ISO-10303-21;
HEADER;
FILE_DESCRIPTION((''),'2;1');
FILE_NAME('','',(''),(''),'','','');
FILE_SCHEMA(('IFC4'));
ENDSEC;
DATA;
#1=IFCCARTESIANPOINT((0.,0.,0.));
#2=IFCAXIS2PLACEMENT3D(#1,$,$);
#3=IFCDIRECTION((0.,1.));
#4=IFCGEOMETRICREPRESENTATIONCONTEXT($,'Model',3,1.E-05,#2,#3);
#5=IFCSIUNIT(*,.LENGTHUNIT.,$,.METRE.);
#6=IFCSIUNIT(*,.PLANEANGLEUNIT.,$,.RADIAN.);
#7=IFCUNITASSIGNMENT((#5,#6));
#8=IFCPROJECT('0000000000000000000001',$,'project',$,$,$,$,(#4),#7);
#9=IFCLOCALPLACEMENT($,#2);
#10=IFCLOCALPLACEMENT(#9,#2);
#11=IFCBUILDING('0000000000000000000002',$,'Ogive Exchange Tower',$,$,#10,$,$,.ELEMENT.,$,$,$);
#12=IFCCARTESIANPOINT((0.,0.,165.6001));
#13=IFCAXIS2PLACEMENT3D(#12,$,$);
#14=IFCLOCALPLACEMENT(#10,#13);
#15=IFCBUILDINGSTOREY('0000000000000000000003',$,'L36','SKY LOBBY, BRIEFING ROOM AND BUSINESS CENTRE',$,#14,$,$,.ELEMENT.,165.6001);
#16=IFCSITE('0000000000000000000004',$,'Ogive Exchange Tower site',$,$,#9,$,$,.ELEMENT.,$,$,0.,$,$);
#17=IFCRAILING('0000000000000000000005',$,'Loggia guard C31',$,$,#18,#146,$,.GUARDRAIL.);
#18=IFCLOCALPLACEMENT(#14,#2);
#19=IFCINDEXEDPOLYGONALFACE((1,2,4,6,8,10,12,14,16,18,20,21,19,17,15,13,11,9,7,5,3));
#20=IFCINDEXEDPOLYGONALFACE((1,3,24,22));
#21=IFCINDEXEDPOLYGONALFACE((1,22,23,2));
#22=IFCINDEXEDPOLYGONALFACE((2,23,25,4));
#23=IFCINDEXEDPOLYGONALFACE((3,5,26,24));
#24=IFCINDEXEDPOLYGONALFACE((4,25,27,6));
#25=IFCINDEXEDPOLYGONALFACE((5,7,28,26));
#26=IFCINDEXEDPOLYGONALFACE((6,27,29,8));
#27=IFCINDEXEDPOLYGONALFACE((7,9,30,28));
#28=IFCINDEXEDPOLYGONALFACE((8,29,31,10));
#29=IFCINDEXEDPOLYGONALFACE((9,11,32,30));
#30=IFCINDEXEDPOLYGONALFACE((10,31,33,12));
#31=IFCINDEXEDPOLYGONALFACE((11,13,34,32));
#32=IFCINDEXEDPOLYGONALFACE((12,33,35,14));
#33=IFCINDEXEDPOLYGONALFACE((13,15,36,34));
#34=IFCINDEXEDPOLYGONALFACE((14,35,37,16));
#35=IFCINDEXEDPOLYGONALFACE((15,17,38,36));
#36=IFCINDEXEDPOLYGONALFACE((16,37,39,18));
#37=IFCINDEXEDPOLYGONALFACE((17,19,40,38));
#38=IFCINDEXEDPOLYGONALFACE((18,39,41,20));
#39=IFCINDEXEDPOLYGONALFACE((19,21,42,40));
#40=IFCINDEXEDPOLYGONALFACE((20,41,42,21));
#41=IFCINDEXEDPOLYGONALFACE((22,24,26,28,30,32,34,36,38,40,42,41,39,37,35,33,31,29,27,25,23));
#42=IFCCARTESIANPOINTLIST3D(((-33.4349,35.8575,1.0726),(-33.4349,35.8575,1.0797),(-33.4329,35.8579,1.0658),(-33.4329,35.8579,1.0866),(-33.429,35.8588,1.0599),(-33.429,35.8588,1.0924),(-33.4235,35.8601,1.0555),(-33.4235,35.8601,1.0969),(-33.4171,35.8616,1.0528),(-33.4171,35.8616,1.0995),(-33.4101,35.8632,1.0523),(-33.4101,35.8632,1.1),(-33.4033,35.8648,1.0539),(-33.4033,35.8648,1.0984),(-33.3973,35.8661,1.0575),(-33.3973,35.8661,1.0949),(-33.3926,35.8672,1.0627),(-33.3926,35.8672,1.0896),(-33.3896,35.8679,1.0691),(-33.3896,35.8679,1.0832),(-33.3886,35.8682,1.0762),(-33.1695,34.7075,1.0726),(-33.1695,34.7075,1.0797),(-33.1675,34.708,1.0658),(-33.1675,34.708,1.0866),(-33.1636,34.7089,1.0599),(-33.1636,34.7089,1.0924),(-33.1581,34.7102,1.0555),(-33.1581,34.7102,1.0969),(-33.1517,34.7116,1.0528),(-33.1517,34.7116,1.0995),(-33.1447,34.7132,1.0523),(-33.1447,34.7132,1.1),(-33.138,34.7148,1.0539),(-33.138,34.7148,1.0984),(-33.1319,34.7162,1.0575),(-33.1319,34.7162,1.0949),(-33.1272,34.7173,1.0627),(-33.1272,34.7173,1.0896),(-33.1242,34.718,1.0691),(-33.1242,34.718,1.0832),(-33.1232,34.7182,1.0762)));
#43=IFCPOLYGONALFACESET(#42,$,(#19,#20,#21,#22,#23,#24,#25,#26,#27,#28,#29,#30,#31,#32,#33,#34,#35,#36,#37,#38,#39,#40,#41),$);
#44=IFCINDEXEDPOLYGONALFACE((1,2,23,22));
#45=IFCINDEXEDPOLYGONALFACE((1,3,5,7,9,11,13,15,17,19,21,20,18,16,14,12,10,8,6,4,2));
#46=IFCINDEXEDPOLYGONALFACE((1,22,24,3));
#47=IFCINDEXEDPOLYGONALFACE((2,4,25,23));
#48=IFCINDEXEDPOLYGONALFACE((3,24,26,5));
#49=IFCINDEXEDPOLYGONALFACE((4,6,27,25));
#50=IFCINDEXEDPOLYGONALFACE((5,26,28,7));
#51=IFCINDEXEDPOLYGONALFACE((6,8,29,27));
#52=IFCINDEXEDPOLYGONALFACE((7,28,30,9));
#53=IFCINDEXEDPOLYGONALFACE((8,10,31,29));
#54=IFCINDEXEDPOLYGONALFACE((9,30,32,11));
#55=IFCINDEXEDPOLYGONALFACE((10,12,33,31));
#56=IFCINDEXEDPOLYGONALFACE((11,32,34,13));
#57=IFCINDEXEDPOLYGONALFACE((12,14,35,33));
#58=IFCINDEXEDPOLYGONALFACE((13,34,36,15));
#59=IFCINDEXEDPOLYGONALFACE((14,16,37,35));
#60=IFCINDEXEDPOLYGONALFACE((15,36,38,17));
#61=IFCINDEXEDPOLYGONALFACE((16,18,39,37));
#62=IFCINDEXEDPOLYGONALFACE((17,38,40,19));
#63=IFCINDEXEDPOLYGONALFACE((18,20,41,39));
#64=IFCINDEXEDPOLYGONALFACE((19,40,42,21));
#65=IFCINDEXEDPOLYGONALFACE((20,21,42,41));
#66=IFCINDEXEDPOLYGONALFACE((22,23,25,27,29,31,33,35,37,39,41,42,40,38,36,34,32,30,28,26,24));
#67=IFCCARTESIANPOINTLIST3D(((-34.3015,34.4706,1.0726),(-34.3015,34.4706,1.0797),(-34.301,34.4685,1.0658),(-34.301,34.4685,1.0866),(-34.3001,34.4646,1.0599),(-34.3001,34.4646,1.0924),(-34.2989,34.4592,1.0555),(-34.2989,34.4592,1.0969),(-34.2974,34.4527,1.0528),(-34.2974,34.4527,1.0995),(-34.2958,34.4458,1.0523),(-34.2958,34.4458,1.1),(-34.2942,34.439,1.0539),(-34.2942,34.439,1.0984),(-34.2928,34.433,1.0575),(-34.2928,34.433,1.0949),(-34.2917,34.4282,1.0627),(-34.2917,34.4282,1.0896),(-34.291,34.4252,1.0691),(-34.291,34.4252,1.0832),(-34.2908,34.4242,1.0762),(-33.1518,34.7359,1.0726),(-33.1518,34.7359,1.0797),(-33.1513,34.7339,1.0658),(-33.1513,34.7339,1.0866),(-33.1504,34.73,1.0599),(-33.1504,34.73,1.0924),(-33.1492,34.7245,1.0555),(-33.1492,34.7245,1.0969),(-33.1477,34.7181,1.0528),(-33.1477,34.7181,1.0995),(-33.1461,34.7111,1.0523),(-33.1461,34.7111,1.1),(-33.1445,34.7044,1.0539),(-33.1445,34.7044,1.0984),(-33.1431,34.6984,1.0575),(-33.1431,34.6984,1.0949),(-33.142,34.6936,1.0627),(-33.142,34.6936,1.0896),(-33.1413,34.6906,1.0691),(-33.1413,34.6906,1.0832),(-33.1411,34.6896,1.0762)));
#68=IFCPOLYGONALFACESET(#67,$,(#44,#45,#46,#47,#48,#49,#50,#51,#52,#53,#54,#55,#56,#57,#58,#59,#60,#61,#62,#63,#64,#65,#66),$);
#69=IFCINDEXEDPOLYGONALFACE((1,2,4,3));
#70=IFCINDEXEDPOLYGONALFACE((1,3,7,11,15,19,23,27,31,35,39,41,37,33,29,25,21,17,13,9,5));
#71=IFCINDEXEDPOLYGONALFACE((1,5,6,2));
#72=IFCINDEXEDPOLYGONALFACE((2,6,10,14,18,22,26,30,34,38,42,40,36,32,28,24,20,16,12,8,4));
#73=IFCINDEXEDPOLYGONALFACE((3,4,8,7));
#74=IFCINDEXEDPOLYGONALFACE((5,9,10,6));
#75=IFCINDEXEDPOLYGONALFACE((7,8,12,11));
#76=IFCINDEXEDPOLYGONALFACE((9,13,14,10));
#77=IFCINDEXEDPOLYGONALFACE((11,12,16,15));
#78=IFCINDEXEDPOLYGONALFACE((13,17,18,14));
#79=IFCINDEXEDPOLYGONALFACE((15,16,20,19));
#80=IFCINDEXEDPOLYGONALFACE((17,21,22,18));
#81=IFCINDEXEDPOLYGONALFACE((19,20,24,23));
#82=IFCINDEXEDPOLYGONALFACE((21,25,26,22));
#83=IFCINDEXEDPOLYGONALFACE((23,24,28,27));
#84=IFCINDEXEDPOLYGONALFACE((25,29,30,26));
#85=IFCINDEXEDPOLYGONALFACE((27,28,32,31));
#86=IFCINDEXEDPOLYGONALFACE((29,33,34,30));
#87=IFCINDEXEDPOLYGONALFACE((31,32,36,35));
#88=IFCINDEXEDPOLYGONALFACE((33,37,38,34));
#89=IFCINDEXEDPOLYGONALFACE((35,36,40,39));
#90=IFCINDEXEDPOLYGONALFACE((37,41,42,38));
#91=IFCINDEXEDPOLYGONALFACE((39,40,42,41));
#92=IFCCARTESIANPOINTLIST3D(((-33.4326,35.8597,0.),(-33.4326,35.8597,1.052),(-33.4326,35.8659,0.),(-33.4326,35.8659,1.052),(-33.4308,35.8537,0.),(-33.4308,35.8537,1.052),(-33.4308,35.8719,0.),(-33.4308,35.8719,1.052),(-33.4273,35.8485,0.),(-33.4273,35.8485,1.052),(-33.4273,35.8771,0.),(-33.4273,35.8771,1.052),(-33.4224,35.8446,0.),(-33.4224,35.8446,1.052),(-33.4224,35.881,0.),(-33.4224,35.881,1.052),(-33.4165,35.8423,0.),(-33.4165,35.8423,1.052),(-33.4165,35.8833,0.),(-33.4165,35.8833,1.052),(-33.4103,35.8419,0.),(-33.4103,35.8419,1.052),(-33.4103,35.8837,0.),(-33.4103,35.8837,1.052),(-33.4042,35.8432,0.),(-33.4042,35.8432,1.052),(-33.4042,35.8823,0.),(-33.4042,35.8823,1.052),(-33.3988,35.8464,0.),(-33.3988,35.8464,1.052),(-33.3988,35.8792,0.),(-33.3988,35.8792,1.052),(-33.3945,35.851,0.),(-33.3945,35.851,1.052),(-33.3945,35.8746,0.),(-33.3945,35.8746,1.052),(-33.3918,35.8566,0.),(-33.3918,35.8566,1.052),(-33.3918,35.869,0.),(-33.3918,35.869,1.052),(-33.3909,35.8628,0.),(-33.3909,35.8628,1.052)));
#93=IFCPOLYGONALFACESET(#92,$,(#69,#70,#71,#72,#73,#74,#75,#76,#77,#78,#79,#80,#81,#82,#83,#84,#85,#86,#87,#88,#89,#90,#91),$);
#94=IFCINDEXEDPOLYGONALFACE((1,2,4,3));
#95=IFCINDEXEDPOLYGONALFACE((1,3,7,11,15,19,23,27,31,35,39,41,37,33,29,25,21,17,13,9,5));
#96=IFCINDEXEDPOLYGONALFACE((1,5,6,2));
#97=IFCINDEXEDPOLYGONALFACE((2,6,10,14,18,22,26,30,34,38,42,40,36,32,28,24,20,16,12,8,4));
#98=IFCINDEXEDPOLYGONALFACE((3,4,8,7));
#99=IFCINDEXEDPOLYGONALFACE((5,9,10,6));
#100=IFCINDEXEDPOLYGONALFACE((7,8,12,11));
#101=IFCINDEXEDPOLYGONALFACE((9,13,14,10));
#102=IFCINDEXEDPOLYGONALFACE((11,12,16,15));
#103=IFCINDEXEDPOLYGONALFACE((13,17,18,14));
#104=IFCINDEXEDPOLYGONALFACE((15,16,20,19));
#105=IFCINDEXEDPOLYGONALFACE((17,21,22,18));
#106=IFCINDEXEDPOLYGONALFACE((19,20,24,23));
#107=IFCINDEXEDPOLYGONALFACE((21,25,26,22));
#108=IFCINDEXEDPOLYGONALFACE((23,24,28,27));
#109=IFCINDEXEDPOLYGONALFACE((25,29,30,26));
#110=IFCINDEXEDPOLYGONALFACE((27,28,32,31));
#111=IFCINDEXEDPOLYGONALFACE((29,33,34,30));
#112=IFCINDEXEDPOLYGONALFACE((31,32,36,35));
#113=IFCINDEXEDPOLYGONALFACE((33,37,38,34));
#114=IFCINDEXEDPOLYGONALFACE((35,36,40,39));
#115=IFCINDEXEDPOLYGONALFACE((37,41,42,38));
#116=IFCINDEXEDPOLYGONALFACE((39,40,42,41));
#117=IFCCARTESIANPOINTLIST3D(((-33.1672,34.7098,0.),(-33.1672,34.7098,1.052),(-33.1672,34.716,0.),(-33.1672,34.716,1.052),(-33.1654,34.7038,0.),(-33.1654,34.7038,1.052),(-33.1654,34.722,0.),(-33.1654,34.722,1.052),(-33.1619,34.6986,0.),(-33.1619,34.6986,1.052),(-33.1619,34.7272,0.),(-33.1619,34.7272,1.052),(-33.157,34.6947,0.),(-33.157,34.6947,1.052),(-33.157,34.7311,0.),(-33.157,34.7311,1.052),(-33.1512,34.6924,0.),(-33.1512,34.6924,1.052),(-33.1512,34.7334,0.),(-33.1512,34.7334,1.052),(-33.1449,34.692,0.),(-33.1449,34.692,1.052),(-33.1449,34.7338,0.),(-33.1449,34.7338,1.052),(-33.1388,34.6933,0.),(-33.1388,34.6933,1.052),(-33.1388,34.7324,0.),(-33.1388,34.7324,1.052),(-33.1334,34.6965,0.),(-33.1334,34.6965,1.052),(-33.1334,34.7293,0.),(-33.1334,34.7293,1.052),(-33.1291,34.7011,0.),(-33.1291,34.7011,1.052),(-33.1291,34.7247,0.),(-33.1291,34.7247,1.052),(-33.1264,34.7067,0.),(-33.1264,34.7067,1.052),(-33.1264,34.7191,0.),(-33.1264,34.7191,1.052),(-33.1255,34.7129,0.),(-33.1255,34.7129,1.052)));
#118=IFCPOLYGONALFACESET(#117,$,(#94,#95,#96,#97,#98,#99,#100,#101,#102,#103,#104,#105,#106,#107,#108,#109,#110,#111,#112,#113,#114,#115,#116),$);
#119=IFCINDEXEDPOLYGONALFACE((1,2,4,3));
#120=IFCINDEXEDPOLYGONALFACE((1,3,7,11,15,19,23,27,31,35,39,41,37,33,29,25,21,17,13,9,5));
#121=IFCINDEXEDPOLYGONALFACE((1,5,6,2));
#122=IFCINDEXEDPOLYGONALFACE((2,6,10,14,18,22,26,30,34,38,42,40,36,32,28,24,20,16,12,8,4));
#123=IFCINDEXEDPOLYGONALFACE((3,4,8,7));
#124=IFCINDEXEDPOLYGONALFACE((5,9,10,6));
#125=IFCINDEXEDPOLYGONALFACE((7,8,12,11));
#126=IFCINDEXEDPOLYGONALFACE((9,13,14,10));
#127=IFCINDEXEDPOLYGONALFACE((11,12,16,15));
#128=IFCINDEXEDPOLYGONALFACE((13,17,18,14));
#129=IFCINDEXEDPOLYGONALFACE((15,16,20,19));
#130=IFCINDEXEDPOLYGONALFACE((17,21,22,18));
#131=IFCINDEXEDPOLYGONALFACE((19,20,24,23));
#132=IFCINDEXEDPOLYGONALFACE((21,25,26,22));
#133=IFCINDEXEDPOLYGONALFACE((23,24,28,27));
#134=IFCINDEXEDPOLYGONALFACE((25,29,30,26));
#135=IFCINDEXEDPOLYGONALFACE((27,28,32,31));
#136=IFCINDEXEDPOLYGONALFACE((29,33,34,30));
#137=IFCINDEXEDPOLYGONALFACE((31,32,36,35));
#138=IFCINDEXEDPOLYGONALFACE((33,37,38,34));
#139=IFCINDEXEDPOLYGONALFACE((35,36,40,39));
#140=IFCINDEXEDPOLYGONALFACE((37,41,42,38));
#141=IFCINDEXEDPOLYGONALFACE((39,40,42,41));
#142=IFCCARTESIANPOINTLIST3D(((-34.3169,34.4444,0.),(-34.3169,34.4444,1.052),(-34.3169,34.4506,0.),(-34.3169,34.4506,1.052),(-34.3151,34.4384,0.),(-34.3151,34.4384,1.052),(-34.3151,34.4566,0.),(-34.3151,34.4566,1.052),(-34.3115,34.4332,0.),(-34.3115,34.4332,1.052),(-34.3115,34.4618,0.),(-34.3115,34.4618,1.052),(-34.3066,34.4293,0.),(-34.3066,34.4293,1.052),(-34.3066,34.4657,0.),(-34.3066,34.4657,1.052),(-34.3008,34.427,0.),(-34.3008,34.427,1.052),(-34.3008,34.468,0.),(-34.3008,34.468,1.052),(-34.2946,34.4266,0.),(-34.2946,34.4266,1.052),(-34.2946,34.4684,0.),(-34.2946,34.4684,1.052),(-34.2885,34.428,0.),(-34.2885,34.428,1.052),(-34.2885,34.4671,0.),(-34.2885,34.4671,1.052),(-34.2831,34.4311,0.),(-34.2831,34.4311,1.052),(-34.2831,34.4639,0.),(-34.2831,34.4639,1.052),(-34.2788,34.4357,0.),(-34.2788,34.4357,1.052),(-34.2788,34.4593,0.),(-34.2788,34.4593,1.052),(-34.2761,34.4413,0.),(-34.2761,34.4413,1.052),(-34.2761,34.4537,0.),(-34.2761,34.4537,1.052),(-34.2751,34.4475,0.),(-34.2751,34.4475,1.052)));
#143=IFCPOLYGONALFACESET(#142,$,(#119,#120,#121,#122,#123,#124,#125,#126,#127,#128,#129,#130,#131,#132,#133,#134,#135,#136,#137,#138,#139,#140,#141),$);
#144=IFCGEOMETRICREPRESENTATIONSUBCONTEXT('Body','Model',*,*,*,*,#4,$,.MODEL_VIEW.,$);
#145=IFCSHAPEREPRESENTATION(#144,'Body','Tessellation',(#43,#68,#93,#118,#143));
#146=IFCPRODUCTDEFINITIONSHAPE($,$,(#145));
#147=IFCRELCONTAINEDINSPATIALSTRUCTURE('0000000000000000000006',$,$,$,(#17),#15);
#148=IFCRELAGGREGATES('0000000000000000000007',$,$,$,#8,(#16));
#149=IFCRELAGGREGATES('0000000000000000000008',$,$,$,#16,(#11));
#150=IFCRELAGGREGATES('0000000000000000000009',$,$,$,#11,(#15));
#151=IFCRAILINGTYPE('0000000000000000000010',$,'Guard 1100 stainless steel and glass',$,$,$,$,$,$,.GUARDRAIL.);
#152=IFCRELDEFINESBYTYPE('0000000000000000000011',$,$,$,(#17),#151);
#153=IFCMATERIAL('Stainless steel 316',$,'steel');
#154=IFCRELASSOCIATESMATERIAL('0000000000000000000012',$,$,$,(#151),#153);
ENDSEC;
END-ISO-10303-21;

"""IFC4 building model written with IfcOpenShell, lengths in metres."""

from ifc_helpers import new_model, si_unit, direction, frame, origin, origin_2d, place, context, subcontext, project, spatial, circle, extrude, material, type_object, element, save


model = new_model("IFC4")

# Units and contexts
model_context = context("Model", 3, precision=1e-05, world=origin(), true_north=direction((0.0, 1.0)))
body_context = subcontext(model_context, "Body", "Model", "MODEL_VIEW")
ifc_project = project(units=[si_unit("LENGTHUNIT", "METRE"), si_unit("PLANEANGLEUNIT", "RADIAN")], contexts=[model_context])

# Site, building, storey
site_placement = place(None, origin())
site = spatial("IfcSite", under=ifc_project, at=site_placement, Name="Ogive Exchange Tower site", CompositionType="ELEMENT", RefElevation=0.0)
building_placement = place(site_placement, origin())
building = spatial("IfcBuilding", under=site, at=building_placement, Name="Ogive Exchange Tower", CompositionType="ELEMENT")
storey_placement = place(building_placement, frame((0.0, 0.0, 165.6001)))
storey = spatial("IfcBuildingStorey", under=building, at=storey_placement, Name="L36", Description="SKY LOBBY, BRIEFING ROOM AND BUSINESS CENTRE", CompositionType="ELEMENT", Elevation=165.6001)

# Railing
ifc_material_1 = material(Name="Stainless steel 316", Category="steel")
railing_type_1 = type_object("IfcRailingType", Name="Guard 1100 stainless steel and glass", PredefinedType="GUARDRAIL", material=ifc_material_1)
for number, where, name in (
    (1, (-33.4119, 35.8628, 0.0), "Loggia guard C31"),
):
    element("IfcRailing", number, at=place(storey_placement, frame(where)), inside=storey, type_object=railing_type_1, Name=name, PredefinedType="GUARDRAIL", context=body_context, shape_type="SweptSolid", body=[
        extrude(circle(Radius=0.0239, at=origin_2d()), frame((0.0, 0.0, 1.0762), z_axis=(0.224875, -0.974388, 0.0), x_axis=(0.974388, 0.224875, 0.0)), (0.0, 0.0, 1.0), 1.1802),
        extrude(circle(Radius=0.0239, at=origin_2d()), frame((0.2654, -1.1499, 1.0762), z_axis=(-0.974377, -0.22492, 0.0), x_axis=(0.22492, -0.974377, 0.0)), (0.0, 0.0, 1.0), 1.1799),
        extrude(circle(Radius=0.021, at=origin_2d()), origin(), (0.0, 0.0, 1.0), 1.052),
        extrude(circle(Radius=0.021, at=origin_2d()), frame((0.2654, -1.1499, 0.0)), (0.0, 0.0, 1.0), 1.052),
        extrude(circle(Radius=0.021, at=origin_2d()), frame((-0.8843, -1.4153, 0.0)), (0.0, 0.0, 1.0), 1.052),
    ])

save(model, "model.ifc")
